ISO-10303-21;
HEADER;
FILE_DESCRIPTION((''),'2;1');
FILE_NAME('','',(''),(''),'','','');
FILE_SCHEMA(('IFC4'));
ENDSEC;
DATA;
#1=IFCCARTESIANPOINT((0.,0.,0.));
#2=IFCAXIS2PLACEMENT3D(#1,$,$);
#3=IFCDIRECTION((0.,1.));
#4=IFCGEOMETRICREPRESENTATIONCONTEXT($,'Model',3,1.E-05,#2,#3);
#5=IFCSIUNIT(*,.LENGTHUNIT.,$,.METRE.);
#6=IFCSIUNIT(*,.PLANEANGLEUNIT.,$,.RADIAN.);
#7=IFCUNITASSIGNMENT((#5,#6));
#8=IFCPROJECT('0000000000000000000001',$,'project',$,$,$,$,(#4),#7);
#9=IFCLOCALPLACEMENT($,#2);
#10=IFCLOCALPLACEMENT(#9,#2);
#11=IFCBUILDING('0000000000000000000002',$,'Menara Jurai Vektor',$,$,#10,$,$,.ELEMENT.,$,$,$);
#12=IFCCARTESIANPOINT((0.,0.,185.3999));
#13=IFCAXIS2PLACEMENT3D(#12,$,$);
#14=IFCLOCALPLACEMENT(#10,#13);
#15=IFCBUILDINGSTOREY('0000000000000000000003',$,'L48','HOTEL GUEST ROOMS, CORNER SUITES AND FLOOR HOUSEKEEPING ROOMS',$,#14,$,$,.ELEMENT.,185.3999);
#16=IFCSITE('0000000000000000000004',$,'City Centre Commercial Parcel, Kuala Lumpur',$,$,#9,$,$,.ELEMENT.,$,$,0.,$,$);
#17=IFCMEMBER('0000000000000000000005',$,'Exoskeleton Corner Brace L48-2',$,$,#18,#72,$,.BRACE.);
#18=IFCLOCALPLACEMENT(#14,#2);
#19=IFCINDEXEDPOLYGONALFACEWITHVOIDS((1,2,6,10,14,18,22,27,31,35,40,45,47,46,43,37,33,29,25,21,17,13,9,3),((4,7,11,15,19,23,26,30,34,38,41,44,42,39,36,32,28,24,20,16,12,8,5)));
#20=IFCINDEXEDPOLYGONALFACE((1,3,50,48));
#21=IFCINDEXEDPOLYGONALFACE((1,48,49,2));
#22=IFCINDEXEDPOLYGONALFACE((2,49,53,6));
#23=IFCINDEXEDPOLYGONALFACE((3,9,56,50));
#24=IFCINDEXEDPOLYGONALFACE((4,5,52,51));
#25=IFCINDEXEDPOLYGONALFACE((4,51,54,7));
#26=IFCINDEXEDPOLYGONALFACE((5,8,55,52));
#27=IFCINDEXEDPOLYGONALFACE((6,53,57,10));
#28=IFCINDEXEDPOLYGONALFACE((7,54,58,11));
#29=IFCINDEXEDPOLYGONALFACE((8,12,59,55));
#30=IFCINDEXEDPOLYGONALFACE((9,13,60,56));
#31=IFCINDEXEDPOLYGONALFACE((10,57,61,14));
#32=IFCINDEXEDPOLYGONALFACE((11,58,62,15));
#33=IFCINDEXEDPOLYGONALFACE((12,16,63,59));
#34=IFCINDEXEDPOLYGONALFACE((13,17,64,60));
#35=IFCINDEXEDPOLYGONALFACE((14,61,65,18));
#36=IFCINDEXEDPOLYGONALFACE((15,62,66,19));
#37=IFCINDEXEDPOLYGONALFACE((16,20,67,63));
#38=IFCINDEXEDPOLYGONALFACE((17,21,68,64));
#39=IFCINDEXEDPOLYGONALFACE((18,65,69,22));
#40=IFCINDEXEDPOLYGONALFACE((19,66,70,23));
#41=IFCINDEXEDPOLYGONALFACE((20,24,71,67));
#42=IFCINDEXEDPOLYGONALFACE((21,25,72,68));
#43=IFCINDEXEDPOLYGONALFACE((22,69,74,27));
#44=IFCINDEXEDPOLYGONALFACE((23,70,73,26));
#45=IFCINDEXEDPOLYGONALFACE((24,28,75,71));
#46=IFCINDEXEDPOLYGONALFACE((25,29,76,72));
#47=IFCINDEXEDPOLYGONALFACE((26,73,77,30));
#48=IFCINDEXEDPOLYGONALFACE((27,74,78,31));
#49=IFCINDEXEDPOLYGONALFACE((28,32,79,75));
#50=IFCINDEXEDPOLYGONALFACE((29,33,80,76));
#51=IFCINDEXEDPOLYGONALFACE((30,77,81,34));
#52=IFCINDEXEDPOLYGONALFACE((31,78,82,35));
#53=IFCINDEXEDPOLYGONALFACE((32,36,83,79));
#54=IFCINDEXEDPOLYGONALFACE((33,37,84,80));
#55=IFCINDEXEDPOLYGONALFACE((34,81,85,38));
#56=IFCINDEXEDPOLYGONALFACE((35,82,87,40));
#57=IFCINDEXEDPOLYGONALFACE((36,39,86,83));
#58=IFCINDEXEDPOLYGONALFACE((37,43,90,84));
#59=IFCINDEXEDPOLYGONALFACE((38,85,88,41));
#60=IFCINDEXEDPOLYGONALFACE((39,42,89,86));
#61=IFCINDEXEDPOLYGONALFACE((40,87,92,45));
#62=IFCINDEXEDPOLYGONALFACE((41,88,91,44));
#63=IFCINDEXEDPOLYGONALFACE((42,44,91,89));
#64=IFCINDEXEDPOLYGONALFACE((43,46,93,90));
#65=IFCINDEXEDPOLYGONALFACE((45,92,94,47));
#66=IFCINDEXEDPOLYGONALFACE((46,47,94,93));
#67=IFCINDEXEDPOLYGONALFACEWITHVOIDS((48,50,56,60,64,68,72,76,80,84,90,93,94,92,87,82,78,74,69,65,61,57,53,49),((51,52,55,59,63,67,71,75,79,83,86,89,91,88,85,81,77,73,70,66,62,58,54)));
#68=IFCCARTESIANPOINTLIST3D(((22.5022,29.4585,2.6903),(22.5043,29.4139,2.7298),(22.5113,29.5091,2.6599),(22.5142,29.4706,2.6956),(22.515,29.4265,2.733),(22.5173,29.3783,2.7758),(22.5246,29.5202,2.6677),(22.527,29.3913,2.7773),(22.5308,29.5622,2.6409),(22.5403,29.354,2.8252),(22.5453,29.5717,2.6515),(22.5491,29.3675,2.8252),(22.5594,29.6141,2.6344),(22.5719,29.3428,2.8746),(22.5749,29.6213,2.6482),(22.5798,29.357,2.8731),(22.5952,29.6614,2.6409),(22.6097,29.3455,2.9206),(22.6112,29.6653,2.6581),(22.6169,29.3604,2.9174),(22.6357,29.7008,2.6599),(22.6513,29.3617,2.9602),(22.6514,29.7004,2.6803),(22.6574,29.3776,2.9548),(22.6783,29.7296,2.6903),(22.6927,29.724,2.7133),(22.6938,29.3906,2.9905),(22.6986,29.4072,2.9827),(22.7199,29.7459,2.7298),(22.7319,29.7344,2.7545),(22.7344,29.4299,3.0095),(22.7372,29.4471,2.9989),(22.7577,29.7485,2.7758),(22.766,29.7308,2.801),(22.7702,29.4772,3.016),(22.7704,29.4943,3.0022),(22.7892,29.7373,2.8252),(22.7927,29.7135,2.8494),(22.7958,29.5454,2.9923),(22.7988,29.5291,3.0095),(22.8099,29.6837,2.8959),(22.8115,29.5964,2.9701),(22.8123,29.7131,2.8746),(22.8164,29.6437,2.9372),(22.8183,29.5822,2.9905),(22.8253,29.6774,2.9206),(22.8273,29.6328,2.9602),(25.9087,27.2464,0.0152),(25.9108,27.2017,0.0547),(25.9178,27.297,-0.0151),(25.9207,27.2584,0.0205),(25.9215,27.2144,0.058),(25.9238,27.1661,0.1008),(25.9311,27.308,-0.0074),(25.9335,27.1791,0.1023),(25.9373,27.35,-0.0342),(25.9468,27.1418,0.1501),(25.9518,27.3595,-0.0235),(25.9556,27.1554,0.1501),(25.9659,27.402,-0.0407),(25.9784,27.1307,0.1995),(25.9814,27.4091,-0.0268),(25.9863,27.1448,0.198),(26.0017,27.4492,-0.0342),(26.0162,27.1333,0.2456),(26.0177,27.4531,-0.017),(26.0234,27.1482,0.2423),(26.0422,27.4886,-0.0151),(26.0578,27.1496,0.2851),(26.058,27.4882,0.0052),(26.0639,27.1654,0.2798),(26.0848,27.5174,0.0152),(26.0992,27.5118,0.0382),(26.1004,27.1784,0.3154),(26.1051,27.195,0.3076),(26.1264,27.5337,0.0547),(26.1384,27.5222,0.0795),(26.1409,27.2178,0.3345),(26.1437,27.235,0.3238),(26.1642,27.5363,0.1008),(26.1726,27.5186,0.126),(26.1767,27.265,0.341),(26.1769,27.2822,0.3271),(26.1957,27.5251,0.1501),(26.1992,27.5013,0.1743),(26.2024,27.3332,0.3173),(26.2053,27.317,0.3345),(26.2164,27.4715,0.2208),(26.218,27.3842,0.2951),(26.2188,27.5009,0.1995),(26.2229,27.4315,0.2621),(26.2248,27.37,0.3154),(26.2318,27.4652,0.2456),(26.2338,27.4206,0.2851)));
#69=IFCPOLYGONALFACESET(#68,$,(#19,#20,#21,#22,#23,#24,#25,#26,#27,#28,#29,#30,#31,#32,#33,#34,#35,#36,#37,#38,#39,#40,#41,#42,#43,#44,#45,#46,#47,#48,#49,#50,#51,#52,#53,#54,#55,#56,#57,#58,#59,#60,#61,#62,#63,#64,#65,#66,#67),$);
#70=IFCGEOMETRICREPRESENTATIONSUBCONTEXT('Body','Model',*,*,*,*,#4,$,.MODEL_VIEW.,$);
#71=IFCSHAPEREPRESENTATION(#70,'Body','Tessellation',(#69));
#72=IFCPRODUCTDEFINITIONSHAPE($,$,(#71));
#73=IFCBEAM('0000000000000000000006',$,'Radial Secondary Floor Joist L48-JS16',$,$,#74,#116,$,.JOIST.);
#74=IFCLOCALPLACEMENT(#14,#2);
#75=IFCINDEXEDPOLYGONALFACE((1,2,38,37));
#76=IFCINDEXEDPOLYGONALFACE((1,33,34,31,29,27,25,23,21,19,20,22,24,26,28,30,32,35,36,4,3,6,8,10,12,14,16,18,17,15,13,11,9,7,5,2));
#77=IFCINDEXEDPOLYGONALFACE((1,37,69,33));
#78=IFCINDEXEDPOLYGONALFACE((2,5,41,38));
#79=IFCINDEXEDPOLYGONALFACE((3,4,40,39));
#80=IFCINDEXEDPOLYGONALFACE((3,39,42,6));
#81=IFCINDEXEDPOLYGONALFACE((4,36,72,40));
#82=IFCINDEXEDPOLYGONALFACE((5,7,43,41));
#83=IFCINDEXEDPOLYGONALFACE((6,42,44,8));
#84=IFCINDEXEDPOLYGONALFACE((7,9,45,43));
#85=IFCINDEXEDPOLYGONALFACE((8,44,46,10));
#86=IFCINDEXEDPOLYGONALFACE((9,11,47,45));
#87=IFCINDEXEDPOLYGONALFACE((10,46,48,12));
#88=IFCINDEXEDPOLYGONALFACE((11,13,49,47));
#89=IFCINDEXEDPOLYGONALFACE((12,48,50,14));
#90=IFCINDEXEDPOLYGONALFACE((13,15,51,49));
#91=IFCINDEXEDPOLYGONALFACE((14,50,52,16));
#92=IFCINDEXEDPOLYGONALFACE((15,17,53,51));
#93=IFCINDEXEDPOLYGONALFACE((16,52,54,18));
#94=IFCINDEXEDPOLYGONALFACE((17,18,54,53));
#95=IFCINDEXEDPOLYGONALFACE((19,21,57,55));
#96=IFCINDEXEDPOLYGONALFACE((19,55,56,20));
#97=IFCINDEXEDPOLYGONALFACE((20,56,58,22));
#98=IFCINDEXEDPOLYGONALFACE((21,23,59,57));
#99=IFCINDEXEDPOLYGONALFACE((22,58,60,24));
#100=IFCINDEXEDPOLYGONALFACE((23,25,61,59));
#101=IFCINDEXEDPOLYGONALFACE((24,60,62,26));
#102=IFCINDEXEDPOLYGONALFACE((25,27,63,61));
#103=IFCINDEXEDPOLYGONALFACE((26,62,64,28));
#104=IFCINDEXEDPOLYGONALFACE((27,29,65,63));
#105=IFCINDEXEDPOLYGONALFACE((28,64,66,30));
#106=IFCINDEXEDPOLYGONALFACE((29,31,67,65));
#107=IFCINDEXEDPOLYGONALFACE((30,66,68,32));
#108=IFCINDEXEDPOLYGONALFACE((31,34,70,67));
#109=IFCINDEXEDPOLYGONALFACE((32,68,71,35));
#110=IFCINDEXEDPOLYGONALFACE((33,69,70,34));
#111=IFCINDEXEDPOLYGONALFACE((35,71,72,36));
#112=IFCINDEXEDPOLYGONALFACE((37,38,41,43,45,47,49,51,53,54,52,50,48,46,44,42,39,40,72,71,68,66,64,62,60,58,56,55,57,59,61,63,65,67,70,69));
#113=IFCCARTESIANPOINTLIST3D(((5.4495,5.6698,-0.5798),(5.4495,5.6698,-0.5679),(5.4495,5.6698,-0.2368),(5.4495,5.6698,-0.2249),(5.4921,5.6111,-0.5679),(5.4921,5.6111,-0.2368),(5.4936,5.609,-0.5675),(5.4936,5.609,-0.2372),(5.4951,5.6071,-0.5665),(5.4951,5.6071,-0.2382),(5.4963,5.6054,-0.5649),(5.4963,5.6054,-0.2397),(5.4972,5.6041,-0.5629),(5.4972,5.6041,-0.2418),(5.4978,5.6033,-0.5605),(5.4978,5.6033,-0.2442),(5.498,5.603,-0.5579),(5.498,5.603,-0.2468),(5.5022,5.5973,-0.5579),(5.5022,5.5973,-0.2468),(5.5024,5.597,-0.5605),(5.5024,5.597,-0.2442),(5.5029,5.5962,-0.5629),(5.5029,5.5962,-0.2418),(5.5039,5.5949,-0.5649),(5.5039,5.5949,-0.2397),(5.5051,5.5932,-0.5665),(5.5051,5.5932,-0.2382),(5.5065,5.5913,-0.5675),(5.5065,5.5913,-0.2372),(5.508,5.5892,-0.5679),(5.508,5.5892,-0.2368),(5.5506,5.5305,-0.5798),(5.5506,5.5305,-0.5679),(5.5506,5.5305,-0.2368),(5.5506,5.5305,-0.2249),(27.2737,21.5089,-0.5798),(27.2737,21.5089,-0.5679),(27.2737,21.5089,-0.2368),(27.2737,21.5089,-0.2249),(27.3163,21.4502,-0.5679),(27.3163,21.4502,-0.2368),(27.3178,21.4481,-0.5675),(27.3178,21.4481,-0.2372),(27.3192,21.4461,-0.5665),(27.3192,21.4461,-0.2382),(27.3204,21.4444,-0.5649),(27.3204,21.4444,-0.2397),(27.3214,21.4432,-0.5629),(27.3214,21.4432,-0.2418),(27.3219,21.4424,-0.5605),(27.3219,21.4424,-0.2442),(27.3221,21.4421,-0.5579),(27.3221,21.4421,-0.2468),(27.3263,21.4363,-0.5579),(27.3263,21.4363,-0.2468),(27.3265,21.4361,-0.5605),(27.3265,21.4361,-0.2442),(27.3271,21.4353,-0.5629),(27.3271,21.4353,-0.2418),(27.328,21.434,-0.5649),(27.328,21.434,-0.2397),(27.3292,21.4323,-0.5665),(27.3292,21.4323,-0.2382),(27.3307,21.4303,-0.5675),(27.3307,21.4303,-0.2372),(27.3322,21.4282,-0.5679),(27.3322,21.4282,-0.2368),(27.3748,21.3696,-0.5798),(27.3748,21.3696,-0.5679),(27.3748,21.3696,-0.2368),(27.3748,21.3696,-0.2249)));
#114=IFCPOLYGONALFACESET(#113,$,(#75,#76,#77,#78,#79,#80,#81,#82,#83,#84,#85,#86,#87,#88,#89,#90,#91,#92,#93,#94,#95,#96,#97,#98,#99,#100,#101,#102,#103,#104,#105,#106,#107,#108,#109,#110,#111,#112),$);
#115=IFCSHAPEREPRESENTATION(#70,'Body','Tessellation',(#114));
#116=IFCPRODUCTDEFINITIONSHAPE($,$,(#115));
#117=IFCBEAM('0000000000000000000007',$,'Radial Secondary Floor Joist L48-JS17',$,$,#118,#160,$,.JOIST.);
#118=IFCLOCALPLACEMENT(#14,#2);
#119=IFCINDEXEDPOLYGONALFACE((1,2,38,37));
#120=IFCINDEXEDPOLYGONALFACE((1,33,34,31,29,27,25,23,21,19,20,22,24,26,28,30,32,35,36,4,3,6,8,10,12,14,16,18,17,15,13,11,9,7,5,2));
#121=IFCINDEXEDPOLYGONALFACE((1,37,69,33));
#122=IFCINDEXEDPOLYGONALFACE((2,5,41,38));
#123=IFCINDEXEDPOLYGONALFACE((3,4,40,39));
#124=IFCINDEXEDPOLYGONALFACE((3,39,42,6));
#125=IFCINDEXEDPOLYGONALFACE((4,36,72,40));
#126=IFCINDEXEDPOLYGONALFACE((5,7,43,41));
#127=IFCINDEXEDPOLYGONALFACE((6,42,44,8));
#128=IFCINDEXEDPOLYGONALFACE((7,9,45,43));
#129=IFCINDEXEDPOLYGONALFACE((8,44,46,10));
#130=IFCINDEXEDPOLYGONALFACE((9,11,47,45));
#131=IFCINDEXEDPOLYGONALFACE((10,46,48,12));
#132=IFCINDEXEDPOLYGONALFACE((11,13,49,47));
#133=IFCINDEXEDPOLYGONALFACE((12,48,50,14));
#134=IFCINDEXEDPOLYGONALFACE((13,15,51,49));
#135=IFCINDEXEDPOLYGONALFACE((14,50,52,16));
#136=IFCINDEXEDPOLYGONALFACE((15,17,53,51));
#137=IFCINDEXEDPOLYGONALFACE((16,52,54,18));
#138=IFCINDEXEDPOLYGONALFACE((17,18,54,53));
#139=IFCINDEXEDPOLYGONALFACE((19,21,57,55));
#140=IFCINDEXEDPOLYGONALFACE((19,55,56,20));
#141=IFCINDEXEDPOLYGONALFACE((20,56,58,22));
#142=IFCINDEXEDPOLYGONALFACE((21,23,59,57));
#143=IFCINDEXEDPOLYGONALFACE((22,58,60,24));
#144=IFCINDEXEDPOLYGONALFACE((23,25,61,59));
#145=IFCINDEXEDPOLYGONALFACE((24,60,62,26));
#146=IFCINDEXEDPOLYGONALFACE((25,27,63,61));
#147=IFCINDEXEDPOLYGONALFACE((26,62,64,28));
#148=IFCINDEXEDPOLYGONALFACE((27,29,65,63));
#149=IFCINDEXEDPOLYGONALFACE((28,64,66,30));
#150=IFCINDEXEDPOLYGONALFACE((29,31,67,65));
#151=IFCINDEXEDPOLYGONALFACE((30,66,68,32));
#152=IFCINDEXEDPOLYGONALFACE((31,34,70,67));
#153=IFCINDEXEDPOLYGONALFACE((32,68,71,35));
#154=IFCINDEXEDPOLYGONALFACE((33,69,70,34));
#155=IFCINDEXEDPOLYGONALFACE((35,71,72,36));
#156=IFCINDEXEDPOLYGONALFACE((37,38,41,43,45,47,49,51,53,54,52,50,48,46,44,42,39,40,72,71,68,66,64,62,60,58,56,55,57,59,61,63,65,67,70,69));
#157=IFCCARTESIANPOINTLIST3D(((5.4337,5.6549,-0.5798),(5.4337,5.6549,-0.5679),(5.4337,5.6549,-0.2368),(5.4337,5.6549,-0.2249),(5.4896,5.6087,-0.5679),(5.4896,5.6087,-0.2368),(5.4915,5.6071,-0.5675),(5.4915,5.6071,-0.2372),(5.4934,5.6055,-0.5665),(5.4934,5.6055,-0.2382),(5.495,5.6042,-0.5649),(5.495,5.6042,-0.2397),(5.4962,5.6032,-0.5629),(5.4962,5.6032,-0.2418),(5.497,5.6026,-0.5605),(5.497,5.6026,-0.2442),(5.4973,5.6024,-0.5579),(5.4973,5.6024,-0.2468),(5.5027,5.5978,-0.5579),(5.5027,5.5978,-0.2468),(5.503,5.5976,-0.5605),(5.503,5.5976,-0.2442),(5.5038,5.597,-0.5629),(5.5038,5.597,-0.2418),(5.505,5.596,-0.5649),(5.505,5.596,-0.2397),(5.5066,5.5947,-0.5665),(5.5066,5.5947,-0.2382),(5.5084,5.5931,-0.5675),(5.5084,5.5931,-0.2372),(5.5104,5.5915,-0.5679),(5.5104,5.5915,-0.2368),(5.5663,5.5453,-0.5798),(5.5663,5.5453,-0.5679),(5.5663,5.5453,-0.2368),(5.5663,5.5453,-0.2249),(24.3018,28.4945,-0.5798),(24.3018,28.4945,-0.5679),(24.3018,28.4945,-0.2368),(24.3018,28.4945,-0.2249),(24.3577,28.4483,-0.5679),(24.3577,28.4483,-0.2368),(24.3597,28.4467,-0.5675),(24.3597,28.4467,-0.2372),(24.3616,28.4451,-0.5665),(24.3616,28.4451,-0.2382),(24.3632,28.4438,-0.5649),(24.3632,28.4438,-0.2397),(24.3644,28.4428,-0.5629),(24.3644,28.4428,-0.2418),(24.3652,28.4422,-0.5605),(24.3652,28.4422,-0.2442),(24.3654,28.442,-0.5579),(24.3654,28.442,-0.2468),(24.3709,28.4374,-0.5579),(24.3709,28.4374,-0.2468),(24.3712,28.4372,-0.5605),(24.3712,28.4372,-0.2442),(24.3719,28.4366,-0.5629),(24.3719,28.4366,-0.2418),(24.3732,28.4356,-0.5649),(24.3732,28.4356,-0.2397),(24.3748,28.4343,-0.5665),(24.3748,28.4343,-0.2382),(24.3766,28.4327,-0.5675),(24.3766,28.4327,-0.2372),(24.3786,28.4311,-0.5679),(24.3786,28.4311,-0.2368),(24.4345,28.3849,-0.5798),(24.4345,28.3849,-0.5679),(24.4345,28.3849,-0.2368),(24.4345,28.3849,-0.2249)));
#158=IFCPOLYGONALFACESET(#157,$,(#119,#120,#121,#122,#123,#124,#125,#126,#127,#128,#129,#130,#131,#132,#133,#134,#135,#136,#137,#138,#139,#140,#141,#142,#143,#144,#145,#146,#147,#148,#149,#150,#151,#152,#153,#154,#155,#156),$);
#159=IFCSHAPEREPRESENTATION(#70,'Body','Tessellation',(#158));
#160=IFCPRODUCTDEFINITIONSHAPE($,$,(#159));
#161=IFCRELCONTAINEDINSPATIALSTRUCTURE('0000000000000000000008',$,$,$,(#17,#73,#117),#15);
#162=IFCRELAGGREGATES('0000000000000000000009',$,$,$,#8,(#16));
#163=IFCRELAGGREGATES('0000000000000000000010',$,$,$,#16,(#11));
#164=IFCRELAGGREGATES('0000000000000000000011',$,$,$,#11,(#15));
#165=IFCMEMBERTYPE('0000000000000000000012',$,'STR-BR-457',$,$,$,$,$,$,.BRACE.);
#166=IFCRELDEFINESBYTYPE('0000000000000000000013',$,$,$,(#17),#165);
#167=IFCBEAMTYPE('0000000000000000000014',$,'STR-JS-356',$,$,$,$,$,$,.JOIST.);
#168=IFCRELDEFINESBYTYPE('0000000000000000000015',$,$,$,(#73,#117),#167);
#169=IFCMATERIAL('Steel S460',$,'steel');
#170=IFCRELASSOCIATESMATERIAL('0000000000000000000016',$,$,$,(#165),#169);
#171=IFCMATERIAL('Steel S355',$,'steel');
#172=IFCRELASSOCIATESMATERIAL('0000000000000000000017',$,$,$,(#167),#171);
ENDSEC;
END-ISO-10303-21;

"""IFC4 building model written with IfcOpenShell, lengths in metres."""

from ifc_helpers import new_model, si_unit, direction, frame, origin, origin_2d, place, context, subcontext, project, spatial, hollow_circle, i_section, extrude, material, material_profile, profile_set, type_object, element, save


model = new_model("IFC4")

# Units and contexts
model_context = context("Model", 3, precision=1e-05, world=origin(), true_north=direction((0.0, 1.0)))
body_context = subcontext(model_context, "Body", "Model", "MODEL_VIEW")
ifc_project = project(units=[si_unit("LENGTHUNIT", "METRE"), si_unit("PLANEANGLEUNIT", "RADIAN")], contexts=[model_context])

# Site, building, storey
site_placement = place(None, origin())
site = spatial("IfcSite", under=ifc_project, at=site_placement, Name="City Centre Commercial Parcel, Kuala Lumpur", CompositionType="ELEMENT", RefElevation=0.0)
building_placement = place(site_placement, origin())
building = spatial("IfcBuilding", under=site, at=building_placement, Name="Menara Jurai Vektor", CompositionType="ELEMENT")
storey_placement = place(building_placement, frame((0.0, 0.0, 185.3999)))
storey = spatial("IfcBuildingStorey", under=building, at=storey_placement, Name="L48", Description="HOTEL GUEST ROOMS, CORNER SUITES AND FLOOR HOUSEKEEPING ROOMS", CompositionType="ELEMENT", Elevation=185.3999)

# Shared definitions
ifc_material_1 = material(Name="Steel S460", Category="steel")

# Shared definitions
ifc_material_2 = material(Name="Steel S355", Category="steel")

# Member
ifc_material_profile_1 = material_profile(ifc_material_1, hollow_circle(Radius=0.2285, WallThickness=0.0161, at=origin_2d()), Name="CHS 457x16")
ifc_profile_set_1 = profile_set([ifc_material_profile_1], Name="Steel S460")
member_type_1 = type_object("IfcMemberType", Name="STR-BR-457", PredefinedType="BRACE", material=ifc_profile_set_1)
member_1_placement = place(storey_placement, frame((26.0713, 27.3335, 0.1501), z_axis=(-0.700419, 0.454848, 0.550024), x_axis=(-0.544631, -0.838676, 0.0)))
element("IfcMember", 1, at=member_1_placement, inside=storey, type_object=member_type_1, Name="Exoskeleton Corner Brace L48-2", PredefinedType="BRACE", context=body_context, shape_type="SweptSolid", body=[
    extrude(hollow_circle(Radius=0.2285, WallThickness=0.0161, at=origin_2d()), origin(), (0.0, 0.0, 1.0), 4.8635),
])

# Beams
ifc_material_profile_2 = material_profile(ifc_material_2, i_section(OverallWidth=0.1721, OverallDepth=0.355, WebThickness=0.0071, FlangeThickness=0.012, FilletRadius=0.01, at=origin_2d()), Name="UKB 356x171x51")
ifc_profile_set_2 = profile_set([ifc_material_profile_2], Name="Steel S355")
beam_type_1 = type_object("IfcBeamType", Name="STR-JS-356", PredefinedType="JOIST", material=ifc_profile_set_2)
beam_1_placement = place(storey_placement, frame((27.3242, 21.4392, -0.4023), z_axis=(-0.809319, -0.58737, 0.0), x_axis=(0.58737, -0.809319, 0.0)))
element("IfcBeam", 2, at=beam_1_placement, inside=storey, type_object=beam_type_1, Name="Radial Secondary Floor Joist L48-JS16", PredefinedType="JOIST", context=body_context, shape_type="SweptSolid", body=[
    extrude(i_section(OverallWidth=0.1721, OverallDepth=0.355, WebThickness=0.0071, FlangeThickness=0.012, FilletRadius=0.01, at=origin_2d()), origin(), (0.0, 0.0, 1.0), 26.9661),
])
beam_2_placement = place(storey_placement, frame((24.3682, 28.4397, -0.4023), z_axis=(-0.636895, -0.770951, 0.0), x_axis=(0.770951, -0.636895, 0.0)))
element("IfcBeam", 3, at=beam_2_placement, inside=storey, type_object=beam_type_1, Name="Radial Secondary Floor Joist L48-JS17", PredefinedType="JOIST", context=body_context, shape_type="SweptSolid", body=[
    extrude(i_section(OverallWidth=0.1721, OverallDepth=0.355, WebThickness=0.0071, FlangeThickness=0.012, FilletRadius=0.01, at=origin_2d()), origin(), (0.0, 0.0, 1.0), 29.6252),
])

save(model, "model.ifc")
